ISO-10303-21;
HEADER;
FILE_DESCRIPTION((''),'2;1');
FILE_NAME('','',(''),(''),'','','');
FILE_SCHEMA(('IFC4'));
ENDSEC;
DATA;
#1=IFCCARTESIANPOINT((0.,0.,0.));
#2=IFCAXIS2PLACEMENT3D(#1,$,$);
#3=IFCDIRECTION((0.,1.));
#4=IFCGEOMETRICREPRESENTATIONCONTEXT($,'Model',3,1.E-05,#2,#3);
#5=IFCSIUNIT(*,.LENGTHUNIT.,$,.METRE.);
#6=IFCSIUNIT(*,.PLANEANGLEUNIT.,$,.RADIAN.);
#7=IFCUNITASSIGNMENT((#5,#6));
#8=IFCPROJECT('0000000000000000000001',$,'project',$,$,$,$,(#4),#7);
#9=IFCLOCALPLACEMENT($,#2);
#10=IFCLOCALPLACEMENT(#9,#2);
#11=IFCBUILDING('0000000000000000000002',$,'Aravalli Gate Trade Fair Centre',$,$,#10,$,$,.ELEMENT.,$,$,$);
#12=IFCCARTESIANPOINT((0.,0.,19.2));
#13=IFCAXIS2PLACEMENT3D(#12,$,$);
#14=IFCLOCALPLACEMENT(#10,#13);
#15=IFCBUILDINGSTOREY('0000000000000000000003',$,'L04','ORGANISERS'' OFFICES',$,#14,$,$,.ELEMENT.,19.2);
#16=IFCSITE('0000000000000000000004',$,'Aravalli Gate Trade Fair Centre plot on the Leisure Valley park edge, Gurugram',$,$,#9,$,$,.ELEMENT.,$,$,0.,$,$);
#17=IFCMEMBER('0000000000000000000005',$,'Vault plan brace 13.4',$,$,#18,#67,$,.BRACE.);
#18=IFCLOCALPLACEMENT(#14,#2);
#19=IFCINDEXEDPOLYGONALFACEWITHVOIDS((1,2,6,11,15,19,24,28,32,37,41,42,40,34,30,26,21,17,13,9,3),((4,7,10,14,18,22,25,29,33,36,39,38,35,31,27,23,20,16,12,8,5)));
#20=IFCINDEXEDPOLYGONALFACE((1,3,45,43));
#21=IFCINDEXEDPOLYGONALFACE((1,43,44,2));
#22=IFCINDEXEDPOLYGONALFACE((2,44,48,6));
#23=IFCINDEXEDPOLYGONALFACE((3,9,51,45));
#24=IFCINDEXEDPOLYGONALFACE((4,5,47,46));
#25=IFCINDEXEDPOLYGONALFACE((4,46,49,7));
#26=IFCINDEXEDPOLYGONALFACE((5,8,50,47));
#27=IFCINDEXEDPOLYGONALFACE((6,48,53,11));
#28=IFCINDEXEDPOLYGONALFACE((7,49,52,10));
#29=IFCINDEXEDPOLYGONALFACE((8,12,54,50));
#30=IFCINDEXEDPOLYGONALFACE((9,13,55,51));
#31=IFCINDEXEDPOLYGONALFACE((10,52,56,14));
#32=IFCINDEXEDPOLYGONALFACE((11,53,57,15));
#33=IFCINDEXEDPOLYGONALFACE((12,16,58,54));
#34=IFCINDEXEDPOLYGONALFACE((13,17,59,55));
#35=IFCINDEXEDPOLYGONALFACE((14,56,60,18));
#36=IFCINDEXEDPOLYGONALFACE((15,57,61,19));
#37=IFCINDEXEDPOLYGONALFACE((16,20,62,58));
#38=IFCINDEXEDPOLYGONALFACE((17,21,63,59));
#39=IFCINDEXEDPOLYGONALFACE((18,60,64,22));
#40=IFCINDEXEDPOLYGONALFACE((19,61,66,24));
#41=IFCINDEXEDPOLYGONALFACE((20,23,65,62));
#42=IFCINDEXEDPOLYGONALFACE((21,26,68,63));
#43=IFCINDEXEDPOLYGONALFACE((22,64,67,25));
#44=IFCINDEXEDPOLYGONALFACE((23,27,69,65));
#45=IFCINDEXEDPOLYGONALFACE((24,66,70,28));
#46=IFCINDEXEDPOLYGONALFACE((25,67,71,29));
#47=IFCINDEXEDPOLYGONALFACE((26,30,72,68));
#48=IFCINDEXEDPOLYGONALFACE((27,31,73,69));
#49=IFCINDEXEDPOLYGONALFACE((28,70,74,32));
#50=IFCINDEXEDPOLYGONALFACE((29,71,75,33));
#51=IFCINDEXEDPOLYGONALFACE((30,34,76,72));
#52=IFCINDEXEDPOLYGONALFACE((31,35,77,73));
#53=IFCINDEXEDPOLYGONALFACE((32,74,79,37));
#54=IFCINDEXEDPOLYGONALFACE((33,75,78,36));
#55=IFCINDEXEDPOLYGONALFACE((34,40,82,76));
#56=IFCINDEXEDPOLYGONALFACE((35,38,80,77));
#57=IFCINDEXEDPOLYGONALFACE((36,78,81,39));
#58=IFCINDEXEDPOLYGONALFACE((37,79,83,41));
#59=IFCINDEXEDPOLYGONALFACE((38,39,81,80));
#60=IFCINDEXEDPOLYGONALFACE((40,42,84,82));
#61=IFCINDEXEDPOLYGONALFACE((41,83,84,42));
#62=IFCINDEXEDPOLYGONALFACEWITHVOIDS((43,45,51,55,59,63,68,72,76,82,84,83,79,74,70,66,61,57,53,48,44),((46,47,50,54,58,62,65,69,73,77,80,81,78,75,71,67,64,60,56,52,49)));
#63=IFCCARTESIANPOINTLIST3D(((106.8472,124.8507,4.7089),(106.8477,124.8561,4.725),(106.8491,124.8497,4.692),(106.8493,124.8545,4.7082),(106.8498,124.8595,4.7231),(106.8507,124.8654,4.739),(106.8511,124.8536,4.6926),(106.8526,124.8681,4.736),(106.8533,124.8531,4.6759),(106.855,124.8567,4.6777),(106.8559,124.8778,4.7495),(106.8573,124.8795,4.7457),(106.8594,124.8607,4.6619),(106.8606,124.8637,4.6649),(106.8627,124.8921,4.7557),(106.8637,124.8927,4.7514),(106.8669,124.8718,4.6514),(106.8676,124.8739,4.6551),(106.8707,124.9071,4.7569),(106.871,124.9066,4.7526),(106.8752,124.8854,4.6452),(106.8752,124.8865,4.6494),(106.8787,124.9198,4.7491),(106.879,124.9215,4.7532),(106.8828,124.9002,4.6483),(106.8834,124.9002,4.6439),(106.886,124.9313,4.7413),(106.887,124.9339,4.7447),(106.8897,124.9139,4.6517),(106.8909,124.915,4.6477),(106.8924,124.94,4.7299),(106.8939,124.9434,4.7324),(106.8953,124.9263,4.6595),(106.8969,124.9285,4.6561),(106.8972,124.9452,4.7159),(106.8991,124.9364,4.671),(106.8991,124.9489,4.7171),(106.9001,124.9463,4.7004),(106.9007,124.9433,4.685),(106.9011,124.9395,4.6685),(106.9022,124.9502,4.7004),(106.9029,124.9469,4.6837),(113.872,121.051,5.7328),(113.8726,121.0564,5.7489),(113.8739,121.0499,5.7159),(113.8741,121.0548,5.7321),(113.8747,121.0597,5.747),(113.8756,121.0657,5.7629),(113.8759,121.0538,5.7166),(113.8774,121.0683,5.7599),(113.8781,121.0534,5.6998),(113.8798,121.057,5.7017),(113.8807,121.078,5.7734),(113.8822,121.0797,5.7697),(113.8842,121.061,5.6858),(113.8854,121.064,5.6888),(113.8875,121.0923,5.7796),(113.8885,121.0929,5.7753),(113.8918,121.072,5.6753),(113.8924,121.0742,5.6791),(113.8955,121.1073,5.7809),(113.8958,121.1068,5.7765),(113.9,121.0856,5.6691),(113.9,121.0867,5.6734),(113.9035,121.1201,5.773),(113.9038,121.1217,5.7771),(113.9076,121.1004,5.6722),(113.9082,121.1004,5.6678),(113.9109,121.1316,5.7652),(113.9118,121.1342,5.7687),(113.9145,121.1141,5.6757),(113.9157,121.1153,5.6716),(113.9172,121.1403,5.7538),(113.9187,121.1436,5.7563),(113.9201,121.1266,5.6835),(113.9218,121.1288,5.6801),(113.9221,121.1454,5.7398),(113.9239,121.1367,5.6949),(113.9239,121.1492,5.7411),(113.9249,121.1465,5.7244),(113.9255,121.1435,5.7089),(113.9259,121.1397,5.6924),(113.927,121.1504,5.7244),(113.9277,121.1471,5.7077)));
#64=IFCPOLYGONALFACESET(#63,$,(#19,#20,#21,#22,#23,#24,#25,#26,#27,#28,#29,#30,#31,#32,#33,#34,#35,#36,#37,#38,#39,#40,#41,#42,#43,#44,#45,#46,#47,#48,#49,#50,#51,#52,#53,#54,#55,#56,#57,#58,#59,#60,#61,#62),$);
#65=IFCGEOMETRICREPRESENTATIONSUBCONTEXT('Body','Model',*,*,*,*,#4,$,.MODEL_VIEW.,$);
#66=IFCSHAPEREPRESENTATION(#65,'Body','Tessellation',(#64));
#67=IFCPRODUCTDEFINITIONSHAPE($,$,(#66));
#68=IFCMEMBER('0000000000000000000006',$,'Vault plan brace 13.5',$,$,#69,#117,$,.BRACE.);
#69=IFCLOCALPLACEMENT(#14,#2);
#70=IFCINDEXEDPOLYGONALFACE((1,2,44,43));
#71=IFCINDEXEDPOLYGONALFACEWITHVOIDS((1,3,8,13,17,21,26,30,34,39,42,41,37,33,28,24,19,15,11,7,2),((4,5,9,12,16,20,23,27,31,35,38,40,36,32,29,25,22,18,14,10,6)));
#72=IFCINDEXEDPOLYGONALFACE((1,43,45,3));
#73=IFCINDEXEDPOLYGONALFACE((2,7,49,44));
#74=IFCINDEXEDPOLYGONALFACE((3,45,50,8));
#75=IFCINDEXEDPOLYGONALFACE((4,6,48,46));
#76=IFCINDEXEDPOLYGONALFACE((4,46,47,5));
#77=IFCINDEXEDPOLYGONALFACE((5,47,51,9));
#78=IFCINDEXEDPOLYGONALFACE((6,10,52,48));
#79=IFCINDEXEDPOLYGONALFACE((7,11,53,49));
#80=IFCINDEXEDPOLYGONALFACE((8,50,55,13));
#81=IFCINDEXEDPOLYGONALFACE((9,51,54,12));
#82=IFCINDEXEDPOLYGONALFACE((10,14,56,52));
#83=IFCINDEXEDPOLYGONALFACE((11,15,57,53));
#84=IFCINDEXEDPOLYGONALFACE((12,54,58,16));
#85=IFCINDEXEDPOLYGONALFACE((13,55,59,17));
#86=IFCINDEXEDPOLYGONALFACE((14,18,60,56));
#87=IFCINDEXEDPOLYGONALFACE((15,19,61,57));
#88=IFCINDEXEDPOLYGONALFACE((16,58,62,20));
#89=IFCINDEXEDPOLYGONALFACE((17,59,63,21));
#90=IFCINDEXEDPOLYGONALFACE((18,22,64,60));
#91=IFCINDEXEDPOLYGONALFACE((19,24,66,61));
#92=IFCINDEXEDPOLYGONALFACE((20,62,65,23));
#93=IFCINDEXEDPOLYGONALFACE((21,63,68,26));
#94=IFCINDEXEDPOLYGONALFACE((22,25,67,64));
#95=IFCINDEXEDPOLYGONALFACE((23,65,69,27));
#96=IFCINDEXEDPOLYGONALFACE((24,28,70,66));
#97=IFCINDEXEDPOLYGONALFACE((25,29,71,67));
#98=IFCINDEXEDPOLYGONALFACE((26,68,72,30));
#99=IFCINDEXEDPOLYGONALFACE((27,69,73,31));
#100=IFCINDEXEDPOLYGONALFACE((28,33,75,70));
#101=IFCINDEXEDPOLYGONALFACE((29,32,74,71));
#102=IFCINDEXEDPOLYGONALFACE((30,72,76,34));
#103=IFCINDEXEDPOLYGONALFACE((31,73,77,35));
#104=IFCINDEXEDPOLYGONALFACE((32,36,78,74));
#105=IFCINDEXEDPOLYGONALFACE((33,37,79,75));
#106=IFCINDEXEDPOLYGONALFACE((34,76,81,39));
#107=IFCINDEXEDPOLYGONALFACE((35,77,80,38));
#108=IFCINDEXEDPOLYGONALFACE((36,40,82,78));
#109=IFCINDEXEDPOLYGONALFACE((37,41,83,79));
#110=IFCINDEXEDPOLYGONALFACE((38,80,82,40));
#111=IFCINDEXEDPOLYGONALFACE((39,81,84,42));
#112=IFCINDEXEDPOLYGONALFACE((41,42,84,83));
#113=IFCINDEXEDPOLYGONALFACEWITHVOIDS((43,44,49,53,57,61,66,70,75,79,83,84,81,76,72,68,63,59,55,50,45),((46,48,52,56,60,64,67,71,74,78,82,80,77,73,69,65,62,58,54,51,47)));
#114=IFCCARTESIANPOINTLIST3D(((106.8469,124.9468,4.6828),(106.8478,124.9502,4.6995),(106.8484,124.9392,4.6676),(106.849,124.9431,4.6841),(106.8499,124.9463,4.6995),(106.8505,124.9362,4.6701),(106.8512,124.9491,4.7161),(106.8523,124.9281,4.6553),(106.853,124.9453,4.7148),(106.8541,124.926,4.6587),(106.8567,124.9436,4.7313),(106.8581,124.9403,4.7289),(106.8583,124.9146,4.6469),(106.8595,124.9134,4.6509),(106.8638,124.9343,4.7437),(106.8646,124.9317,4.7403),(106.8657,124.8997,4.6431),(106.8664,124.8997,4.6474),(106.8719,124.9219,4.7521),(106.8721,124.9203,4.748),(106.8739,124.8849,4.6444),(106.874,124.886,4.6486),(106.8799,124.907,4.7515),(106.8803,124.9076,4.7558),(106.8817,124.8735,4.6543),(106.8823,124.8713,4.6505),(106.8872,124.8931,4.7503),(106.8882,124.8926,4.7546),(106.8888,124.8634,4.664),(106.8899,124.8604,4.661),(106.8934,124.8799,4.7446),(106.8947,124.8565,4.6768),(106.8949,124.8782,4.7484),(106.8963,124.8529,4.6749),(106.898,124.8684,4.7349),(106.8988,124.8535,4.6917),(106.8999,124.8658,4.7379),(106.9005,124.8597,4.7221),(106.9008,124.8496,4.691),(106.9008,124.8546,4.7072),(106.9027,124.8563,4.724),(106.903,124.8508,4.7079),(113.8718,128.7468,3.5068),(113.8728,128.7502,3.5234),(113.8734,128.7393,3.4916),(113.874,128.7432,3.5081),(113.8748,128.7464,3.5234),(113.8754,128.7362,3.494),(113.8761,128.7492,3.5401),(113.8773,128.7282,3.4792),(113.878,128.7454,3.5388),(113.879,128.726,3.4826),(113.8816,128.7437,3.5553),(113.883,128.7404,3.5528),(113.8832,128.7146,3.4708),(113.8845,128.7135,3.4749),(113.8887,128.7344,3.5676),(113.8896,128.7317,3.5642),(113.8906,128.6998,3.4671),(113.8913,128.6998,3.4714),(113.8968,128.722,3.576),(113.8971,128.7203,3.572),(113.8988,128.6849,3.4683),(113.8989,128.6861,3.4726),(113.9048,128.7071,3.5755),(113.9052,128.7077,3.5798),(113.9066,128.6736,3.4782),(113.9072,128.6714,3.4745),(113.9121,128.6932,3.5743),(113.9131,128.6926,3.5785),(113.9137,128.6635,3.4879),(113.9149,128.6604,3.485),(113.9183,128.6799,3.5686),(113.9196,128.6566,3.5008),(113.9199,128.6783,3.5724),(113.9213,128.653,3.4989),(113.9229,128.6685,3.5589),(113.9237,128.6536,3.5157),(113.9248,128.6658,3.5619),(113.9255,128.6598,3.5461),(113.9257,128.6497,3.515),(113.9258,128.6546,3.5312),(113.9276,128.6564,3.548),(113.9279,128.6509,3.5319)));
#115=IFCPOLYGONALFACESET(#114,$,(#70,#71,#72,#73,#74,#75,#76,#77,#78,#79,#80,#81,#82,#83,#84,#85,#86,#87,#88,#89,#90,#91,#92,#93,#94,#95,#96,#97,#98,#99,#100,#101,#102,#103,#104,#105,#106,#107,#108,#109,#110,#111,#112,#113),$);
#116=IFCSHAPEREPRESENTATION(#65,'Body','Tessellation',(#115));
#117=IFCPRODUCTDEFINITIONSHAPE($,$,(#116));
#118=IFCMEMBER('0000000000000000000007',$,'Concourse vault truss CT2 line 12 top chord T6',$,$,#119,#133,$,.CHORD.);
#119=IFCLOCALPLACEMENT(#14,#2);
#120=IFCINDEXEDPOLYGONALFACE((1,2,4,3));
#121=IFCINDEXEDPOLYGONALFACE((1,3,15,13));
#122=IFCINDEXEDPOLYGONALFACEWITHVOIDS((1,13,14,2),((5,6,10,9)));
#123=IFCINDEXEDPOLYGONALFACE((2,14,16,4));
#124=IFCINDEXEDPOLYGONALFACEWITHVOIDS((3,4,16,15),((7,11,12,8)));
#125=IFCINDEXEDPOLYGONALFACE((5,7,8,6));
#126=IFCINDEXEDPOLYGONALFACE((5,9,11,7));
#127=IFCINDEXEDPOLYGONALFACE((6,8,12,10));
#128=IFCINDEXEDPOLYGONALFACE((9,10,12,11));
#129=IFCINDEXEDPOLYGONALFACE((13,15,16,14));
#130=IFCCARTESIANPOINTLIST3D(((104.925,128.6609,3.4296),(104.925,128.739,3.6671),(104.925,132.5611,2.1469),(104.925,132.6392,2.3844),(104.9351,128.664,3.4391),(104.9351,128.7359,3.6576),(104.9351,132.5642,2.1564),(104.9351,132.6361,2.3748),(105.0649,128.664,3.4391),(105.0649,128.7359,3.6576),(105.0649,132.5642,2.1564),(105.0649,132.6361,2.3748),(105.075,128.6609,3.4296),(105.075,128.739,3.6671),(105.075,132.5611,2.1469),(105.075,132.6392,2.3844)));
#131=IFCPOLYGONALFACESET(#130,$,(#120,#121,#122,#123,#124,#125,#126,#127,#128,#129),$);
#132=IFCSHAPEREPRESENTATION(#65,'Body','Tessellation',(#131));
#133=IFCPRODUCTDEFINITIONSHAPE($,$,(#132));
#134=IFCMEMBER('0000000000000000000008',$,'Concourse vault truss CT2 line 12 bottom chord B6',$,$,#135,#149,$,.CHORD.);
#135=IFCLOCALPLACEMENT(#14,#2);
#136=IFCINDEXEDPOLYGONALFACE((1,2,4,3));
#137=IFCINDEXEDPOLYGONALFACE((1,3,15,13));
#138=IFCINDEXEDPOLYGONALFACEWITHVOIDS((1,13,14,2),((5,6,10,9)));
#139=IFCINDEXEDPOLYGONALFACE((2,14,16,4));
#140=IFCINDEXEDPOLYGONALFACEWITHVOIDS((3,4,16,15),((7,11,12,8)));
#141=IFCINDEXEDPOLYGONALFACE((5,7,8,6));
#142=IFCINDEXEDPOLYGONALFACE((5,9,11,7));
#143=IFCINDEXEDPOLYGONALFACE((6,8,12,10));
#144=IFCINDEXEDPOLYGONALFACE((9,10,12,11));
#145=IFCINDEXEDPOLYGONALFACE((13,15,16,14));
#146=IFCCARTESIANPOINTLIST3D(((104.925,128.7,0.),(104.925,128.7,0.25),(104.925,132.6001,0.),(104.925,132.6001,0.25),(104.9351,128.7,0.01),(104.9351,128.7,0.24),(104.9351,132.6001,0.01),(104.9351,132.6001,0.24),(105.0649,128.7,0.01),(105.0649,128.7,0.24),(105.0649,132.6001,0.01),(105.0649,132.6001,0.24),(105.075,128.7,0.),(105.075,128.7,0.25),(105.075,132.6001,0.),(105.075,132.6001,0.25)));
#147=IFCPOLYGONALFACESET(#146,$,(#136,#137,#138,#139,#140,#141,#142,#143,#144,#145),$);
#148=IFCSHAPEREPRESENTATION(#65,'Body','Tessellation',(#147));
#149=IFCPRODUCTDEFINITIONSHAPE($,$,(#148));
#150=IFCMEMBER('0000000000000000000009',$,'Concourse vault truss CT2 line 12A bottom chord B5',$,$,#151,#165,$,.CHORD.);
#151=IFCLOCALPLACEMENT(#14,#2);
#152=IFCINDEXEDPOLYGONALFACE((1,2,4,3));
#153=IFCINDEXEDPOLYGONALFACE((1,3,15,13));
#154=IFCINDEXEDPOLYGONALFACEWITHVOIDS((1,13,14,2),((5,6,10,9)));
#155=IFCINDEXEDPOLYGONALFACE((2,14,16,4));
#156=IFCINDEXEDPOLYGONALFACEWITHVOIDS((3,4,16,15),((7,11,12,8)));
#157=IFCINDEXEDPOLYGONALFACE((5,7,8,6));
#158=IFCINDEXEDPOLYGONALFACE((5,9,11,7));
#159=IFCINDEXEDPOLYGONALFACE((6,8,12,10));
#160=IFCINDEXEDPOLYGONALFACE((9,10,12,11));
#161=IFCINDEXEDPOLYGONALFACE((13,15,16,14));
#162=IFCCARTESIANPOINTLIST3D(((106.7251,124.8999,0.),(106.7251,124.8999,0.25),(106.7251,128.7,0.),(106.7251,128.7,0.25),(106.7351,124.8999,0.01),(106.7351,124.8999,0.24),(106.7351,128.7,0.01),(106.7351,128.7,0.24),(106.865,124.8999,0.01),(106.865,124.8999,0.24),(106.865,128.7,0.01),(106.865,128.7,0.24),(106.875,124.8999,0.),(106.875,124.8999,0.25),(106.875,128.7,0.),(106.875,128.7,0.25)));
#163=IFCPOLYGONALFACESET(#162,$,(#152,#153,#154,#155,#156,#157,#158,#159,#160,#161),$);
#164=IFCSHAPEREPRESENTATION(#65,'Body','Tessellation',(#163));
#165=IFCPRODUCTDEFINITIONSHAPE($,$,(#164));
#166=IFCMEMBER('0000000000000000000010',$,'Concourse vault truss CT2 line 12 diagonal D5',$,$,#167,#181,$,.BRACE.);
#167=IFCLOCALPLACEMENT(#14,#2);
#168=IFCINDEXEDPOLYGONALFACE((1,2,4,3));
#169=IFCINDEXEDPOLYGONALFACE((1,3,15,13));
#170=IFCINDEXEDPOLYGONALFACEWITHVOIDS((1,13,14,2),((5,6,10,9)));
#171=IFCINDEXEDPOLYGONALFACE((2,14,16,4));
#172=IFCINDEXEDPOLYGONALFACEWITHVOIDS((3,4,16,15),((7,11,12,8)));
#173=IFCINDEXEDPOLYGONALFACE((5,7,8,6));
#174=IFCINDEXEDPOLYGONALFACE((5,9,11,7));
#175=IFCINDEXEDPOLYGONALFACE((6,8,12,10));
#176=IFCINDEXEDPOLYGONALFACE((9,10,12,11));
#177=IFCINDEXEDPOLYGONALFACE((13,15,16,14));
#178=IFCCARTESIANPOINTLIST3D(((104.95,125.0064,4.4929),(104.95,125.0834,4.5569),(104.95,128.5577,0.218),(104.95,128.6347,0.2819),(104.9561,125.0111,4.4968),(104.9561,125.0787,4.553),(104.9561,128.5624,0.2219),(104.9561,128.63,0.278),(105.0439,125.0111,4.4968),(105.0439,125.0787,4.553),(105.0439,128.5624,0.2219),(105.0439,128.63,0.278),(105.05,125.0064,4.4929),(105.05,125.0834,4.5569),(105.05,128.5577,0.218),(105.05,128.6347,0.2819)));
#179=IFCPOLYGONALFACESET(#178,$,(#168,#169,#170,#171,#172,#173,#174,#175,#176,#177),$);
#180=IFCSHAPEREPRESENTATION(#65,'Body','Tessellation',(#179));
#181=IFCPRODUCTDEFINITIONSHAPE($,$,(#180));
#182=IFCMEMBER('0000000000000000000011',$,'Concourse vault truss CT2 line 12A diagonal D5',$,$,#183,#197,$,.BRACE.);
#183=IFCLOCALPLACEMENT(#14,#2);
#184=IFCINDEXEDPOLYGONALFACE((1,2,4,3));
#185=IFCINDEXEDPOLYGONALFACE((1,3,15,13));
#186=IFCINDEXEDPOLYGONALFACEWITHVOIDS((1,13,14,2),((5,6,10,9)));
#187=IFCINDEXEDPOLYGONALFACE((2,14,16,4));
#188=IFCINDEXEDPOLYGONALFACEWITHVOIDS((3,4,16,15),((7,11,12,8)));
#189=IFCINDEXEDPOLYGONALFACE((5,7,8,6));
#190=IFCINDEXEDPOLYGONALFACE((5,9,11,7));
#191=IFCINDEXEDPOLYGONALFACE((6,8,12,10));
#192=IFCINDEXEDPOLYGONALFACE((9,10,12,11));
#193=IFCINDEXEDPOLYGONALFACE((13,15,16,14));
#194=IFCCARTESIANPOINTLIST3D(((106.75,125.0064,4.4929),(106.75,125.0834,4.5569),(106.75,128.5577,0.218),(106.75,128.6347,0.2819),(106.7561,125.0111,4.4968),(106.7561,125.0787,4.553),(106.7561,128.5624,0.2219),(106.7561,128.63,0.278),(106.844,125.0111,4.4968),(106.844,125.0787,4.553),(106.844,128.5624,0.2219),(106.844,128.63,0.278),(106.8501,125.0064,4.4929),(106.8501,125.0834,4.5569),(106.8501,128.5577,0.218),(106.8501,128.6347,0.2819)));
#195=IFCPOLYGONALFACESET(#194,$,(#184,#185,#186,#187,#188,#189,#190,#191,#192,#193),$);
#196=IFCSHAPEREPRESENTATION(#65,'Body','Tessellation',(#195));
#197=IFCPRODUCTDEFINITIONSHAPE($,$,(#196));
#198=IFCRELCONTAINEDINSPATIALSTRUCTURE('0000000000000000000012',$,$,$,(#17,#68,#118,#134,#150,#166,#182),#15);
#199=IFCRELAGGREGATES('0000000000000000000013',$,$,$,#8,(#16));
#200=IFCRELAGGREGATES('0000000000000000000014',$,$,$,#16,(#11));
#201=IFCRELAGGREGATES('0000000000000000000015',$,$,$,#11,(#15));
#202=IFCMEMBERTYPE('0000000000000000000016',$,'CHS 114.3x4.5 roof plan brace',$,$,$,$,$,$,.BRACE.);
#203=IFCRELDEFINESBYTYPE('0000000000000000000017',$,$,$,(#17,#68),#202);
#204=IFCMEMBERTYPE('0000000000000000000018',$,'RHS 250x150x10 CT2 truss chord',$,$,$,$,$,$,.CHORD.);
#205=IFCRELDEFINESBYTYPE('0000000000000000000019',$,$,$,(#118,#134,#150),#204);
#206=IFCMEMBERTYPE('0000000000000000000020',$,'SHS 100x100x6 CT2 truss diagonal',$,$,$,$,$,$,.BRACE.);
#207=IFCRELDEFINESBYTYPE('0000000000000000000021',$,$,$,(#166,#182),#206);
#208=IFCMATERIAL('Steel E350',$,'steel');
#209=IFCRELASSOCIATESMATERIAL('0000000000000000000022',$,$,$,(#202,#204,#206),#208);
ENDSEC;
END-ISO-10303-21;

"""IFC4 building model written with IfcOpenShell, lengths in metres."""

from ifc_helpers import new_model, si_unit, direction, frame, origin, origin_2d, place, context, subcontext, project, spatial, hollow_rectangle, hollow_circle, extrude, material, material_profile, profile_set, type_object, element, save


model = new_model("IFC4")

# Units and contexts
model_context = context("Model", 3, precision=1e-05, world=origin(), true_north=direction((0.0, 1.0)))
body_context = subcontext(model_context, "Body", "Model", "MODEL_VIEW")
ifc_project = project(units=[si_unit("LENGTHUNIT", "METRE"), si_unit("PLANEANGLEUNIT", "RADIAN")], contexts=[model_context])

# Site, building, storey
site_placement = place(None, origin())
site = spatial("IfcSite", under=ifc_project, at=site_placement, Name="Aravalli Gate Trade Fair Centre plot on the Leisure Valley park edge, Gurugram", CompositionType="ELEMENT", RefElevation=0.0)
building_placement = place(site_placement, origin())
building = spatial("IfcBuilding", under=site, at=building_placement, Name="Aravalli Gate Trade Fair Centre", CompositionType="ELEMENT")
storey_placement = place(building_placement, frame((0.0, 0.0, 19.2)))
storey = spatial("IfcBuildingStorey", under=building, at=storey_placement, Name="L04", Description="ORGANISERS' OFFICES", CompositionType="ELEMENT", Elevation=19.2)

# Members
ifc_material_1 = material(Name="Steel E350", Category="steel")
ifc_material_profile_1 = material_profile(ifc_material_1, hollow_circle(Radius=0.0571, WallThickness=0.0044, at=origin_2d()), Name="CHS 114.3x4.5")
ifc_profile_set_1 = profile_set([ifc_material_profile_1], Name="Steel E350")
member_type_1 = type_object("IfcMemberType", Name="CHS 114.3x4.5 roof plan brace", PredefinedType="BRACE", material=ifc_profile_set_1)
member_1_placement = place(storey_placement, frame((106.875, 124.8999, 4.7004), z_axis=(0.872432, -0.471903, 0.127163), x_axis=(0.475765, 0.879572, 0.0)))
element("IfcMember", 1, at=member_1_placement, inside=storey, type_object=member_type_1, Name="Vault plan brace 13.4", PredefinedType="BRACE", context=body_context, shape_type="SweptSolid", body=[
    extrude(hollow_circle(Radius=0.0571, WallThickness=0.0044, at=origin_2d()), origin(), (0.0, 0.0, 1.0), 8.052),
])
member_2_placement = place(storey_placement, frame((106.875, 124.8999, 4.6995), z_axis=(0.870177, 0.470713, -0.145675), x_axis=(-0.475789, 0.87956, 0.0)))
element("IfcMember", 2, at=member_2_placement, inside=storey, type_object=member_type_1, Name="Vault plan brace 13.5", PredefinedType="BRACE", context=body_context, shape_type="SweptSolid", body=[
    extrude(hollow_circle(Radius=0.0571, WallThickness=0.0044, at=origin_2d()), origin(), (0.0, 0.0, 1.0), 8.073),
])
ifc_material_profile_2 = material_profile(ifc_material_1, hollow_rectangle(XDim=0.1499, YDim=0.25, WallThickness=0.01, at=origin_2d()), Name="RHS 250x150x10")
ifc_profile_set_2 = profile_set([ifc_material_profile_2], Name="Steel E350")
member_type_2 = type_object("IfcMemberType", Name="RHS 250x150x10 CT2 truss chord", PredefinedType="CHORD", material=ifc_profile_set_2)
member_3_placement = place(storey_placement, frame((105.0, 128.7, 3.5483), z_axis=(0.0, 0.949942, -0.312425), x_axis=(-1.0, 0.0, 0.0)))
element("IfcMember", 3, at=member_3_placement, inside=storey, type_object=member_type_2, Name="Concourse vault truss CT2 line 12 top chord T6", PredefinedType="CHORD", context=body_context, shape_type="SweptSolid", body=[
    extrude(hollow_rectangle(XDim=0.1499, YDim=0.25, WallThickness=0.01, at=origin_2d()), origin(), (0.0, 0.0, 1.0), 4.1057),
])
member_4_placement = place(storey_placement, frame((105.0, 128.7, 0.125), z_axis=(0.0, 1.0, 0.0), x_axis=(-1.0, 0.0, 0.0)))
element("IfcMember", 4, at=member_4_placement, inside=storey, type_object=member_type_2, Name="Concourse vault truss CT2 line 12 bottom chord B6", PredefinedType="CHORD", context=body_context, shape_type="SweptSolid", body=[
    extrude(hollow_rectangle(XDim=0.1499, YDim=0.25, WallThickness=0.01, at=origin_2d()), origin(), (0.0, 0.0, 1.0), 3.9001),
])
member_5_placement = place(storey_placement, frame((106.8, 124.8999, 0.125), z_axis=(0.0, 1.0, 0.0), x_axis=(-1.0, 0.0, 0.0)))
element("IfcMember", 5, at=member_5_placement, inside=storey, type_object=member_type_2, Name="Concourse vault truss CT2 line 12A bottom chord B5", PredefinedType="CHORD", context=body_context, shape_type="SweptSolid", body=[
    extrude(hollow_rectangle(XDim=0.1499, YDim=0.25, WallThickness=0.01, at=origin_2d()), origin(), (0.0, 0.0, 1.0), 3.8),
])
ifc_material_profile_3 = material_profile(ifc_material_1, hollow_rectangle(XDim=0.1001, YDim=0.1001, WallThickness=0.0061, at=origin_2d()), Name="SHS 100x100x6")
ifc_profile_set_3 = profile_set([ifc_material_profile_3], Name="Steel E350")
member_type_3 = type_object("IfcMemberType", Name="SHS 100x100x6 CT2 truss diagonal", PredefinedType="BRACE", material=ifc_profile_set_3)
for number, where, z_axis, x_axis, name in (
    (6, (105.0, 125.0449, 4.5249), (0.0, 0.639, -0.769207), (-1.0, 0.0, 0.0), "Concourse vault truss CT2 line 12 diagonal D5"),
    (7, (106.8, 125.0449, 4.5249), (0.0, 0.639, -0.769207), (-1.0, 0.0, 0.0), "Concourse vault truss CT2 line 12A diagonal D5"),
):
    element("IfcMember", number, at=place(storey_placement, frame(where, z_axis=z_axis, x_axis=x_axis)), inside=storey, type_object=member_type_3, Name=name, PredefinedType="BRACE", context=body_context, shape_type="SweptSolid", body=[
        extrude(hollow_rectangle(XDim=0.1001, YDim=0.1001, WallThickness=0.0061, at=origin_2d()), origin(), (0.0, 0.0, 1.0), 5.5576),
    ])

save(model, "model.ifc")
